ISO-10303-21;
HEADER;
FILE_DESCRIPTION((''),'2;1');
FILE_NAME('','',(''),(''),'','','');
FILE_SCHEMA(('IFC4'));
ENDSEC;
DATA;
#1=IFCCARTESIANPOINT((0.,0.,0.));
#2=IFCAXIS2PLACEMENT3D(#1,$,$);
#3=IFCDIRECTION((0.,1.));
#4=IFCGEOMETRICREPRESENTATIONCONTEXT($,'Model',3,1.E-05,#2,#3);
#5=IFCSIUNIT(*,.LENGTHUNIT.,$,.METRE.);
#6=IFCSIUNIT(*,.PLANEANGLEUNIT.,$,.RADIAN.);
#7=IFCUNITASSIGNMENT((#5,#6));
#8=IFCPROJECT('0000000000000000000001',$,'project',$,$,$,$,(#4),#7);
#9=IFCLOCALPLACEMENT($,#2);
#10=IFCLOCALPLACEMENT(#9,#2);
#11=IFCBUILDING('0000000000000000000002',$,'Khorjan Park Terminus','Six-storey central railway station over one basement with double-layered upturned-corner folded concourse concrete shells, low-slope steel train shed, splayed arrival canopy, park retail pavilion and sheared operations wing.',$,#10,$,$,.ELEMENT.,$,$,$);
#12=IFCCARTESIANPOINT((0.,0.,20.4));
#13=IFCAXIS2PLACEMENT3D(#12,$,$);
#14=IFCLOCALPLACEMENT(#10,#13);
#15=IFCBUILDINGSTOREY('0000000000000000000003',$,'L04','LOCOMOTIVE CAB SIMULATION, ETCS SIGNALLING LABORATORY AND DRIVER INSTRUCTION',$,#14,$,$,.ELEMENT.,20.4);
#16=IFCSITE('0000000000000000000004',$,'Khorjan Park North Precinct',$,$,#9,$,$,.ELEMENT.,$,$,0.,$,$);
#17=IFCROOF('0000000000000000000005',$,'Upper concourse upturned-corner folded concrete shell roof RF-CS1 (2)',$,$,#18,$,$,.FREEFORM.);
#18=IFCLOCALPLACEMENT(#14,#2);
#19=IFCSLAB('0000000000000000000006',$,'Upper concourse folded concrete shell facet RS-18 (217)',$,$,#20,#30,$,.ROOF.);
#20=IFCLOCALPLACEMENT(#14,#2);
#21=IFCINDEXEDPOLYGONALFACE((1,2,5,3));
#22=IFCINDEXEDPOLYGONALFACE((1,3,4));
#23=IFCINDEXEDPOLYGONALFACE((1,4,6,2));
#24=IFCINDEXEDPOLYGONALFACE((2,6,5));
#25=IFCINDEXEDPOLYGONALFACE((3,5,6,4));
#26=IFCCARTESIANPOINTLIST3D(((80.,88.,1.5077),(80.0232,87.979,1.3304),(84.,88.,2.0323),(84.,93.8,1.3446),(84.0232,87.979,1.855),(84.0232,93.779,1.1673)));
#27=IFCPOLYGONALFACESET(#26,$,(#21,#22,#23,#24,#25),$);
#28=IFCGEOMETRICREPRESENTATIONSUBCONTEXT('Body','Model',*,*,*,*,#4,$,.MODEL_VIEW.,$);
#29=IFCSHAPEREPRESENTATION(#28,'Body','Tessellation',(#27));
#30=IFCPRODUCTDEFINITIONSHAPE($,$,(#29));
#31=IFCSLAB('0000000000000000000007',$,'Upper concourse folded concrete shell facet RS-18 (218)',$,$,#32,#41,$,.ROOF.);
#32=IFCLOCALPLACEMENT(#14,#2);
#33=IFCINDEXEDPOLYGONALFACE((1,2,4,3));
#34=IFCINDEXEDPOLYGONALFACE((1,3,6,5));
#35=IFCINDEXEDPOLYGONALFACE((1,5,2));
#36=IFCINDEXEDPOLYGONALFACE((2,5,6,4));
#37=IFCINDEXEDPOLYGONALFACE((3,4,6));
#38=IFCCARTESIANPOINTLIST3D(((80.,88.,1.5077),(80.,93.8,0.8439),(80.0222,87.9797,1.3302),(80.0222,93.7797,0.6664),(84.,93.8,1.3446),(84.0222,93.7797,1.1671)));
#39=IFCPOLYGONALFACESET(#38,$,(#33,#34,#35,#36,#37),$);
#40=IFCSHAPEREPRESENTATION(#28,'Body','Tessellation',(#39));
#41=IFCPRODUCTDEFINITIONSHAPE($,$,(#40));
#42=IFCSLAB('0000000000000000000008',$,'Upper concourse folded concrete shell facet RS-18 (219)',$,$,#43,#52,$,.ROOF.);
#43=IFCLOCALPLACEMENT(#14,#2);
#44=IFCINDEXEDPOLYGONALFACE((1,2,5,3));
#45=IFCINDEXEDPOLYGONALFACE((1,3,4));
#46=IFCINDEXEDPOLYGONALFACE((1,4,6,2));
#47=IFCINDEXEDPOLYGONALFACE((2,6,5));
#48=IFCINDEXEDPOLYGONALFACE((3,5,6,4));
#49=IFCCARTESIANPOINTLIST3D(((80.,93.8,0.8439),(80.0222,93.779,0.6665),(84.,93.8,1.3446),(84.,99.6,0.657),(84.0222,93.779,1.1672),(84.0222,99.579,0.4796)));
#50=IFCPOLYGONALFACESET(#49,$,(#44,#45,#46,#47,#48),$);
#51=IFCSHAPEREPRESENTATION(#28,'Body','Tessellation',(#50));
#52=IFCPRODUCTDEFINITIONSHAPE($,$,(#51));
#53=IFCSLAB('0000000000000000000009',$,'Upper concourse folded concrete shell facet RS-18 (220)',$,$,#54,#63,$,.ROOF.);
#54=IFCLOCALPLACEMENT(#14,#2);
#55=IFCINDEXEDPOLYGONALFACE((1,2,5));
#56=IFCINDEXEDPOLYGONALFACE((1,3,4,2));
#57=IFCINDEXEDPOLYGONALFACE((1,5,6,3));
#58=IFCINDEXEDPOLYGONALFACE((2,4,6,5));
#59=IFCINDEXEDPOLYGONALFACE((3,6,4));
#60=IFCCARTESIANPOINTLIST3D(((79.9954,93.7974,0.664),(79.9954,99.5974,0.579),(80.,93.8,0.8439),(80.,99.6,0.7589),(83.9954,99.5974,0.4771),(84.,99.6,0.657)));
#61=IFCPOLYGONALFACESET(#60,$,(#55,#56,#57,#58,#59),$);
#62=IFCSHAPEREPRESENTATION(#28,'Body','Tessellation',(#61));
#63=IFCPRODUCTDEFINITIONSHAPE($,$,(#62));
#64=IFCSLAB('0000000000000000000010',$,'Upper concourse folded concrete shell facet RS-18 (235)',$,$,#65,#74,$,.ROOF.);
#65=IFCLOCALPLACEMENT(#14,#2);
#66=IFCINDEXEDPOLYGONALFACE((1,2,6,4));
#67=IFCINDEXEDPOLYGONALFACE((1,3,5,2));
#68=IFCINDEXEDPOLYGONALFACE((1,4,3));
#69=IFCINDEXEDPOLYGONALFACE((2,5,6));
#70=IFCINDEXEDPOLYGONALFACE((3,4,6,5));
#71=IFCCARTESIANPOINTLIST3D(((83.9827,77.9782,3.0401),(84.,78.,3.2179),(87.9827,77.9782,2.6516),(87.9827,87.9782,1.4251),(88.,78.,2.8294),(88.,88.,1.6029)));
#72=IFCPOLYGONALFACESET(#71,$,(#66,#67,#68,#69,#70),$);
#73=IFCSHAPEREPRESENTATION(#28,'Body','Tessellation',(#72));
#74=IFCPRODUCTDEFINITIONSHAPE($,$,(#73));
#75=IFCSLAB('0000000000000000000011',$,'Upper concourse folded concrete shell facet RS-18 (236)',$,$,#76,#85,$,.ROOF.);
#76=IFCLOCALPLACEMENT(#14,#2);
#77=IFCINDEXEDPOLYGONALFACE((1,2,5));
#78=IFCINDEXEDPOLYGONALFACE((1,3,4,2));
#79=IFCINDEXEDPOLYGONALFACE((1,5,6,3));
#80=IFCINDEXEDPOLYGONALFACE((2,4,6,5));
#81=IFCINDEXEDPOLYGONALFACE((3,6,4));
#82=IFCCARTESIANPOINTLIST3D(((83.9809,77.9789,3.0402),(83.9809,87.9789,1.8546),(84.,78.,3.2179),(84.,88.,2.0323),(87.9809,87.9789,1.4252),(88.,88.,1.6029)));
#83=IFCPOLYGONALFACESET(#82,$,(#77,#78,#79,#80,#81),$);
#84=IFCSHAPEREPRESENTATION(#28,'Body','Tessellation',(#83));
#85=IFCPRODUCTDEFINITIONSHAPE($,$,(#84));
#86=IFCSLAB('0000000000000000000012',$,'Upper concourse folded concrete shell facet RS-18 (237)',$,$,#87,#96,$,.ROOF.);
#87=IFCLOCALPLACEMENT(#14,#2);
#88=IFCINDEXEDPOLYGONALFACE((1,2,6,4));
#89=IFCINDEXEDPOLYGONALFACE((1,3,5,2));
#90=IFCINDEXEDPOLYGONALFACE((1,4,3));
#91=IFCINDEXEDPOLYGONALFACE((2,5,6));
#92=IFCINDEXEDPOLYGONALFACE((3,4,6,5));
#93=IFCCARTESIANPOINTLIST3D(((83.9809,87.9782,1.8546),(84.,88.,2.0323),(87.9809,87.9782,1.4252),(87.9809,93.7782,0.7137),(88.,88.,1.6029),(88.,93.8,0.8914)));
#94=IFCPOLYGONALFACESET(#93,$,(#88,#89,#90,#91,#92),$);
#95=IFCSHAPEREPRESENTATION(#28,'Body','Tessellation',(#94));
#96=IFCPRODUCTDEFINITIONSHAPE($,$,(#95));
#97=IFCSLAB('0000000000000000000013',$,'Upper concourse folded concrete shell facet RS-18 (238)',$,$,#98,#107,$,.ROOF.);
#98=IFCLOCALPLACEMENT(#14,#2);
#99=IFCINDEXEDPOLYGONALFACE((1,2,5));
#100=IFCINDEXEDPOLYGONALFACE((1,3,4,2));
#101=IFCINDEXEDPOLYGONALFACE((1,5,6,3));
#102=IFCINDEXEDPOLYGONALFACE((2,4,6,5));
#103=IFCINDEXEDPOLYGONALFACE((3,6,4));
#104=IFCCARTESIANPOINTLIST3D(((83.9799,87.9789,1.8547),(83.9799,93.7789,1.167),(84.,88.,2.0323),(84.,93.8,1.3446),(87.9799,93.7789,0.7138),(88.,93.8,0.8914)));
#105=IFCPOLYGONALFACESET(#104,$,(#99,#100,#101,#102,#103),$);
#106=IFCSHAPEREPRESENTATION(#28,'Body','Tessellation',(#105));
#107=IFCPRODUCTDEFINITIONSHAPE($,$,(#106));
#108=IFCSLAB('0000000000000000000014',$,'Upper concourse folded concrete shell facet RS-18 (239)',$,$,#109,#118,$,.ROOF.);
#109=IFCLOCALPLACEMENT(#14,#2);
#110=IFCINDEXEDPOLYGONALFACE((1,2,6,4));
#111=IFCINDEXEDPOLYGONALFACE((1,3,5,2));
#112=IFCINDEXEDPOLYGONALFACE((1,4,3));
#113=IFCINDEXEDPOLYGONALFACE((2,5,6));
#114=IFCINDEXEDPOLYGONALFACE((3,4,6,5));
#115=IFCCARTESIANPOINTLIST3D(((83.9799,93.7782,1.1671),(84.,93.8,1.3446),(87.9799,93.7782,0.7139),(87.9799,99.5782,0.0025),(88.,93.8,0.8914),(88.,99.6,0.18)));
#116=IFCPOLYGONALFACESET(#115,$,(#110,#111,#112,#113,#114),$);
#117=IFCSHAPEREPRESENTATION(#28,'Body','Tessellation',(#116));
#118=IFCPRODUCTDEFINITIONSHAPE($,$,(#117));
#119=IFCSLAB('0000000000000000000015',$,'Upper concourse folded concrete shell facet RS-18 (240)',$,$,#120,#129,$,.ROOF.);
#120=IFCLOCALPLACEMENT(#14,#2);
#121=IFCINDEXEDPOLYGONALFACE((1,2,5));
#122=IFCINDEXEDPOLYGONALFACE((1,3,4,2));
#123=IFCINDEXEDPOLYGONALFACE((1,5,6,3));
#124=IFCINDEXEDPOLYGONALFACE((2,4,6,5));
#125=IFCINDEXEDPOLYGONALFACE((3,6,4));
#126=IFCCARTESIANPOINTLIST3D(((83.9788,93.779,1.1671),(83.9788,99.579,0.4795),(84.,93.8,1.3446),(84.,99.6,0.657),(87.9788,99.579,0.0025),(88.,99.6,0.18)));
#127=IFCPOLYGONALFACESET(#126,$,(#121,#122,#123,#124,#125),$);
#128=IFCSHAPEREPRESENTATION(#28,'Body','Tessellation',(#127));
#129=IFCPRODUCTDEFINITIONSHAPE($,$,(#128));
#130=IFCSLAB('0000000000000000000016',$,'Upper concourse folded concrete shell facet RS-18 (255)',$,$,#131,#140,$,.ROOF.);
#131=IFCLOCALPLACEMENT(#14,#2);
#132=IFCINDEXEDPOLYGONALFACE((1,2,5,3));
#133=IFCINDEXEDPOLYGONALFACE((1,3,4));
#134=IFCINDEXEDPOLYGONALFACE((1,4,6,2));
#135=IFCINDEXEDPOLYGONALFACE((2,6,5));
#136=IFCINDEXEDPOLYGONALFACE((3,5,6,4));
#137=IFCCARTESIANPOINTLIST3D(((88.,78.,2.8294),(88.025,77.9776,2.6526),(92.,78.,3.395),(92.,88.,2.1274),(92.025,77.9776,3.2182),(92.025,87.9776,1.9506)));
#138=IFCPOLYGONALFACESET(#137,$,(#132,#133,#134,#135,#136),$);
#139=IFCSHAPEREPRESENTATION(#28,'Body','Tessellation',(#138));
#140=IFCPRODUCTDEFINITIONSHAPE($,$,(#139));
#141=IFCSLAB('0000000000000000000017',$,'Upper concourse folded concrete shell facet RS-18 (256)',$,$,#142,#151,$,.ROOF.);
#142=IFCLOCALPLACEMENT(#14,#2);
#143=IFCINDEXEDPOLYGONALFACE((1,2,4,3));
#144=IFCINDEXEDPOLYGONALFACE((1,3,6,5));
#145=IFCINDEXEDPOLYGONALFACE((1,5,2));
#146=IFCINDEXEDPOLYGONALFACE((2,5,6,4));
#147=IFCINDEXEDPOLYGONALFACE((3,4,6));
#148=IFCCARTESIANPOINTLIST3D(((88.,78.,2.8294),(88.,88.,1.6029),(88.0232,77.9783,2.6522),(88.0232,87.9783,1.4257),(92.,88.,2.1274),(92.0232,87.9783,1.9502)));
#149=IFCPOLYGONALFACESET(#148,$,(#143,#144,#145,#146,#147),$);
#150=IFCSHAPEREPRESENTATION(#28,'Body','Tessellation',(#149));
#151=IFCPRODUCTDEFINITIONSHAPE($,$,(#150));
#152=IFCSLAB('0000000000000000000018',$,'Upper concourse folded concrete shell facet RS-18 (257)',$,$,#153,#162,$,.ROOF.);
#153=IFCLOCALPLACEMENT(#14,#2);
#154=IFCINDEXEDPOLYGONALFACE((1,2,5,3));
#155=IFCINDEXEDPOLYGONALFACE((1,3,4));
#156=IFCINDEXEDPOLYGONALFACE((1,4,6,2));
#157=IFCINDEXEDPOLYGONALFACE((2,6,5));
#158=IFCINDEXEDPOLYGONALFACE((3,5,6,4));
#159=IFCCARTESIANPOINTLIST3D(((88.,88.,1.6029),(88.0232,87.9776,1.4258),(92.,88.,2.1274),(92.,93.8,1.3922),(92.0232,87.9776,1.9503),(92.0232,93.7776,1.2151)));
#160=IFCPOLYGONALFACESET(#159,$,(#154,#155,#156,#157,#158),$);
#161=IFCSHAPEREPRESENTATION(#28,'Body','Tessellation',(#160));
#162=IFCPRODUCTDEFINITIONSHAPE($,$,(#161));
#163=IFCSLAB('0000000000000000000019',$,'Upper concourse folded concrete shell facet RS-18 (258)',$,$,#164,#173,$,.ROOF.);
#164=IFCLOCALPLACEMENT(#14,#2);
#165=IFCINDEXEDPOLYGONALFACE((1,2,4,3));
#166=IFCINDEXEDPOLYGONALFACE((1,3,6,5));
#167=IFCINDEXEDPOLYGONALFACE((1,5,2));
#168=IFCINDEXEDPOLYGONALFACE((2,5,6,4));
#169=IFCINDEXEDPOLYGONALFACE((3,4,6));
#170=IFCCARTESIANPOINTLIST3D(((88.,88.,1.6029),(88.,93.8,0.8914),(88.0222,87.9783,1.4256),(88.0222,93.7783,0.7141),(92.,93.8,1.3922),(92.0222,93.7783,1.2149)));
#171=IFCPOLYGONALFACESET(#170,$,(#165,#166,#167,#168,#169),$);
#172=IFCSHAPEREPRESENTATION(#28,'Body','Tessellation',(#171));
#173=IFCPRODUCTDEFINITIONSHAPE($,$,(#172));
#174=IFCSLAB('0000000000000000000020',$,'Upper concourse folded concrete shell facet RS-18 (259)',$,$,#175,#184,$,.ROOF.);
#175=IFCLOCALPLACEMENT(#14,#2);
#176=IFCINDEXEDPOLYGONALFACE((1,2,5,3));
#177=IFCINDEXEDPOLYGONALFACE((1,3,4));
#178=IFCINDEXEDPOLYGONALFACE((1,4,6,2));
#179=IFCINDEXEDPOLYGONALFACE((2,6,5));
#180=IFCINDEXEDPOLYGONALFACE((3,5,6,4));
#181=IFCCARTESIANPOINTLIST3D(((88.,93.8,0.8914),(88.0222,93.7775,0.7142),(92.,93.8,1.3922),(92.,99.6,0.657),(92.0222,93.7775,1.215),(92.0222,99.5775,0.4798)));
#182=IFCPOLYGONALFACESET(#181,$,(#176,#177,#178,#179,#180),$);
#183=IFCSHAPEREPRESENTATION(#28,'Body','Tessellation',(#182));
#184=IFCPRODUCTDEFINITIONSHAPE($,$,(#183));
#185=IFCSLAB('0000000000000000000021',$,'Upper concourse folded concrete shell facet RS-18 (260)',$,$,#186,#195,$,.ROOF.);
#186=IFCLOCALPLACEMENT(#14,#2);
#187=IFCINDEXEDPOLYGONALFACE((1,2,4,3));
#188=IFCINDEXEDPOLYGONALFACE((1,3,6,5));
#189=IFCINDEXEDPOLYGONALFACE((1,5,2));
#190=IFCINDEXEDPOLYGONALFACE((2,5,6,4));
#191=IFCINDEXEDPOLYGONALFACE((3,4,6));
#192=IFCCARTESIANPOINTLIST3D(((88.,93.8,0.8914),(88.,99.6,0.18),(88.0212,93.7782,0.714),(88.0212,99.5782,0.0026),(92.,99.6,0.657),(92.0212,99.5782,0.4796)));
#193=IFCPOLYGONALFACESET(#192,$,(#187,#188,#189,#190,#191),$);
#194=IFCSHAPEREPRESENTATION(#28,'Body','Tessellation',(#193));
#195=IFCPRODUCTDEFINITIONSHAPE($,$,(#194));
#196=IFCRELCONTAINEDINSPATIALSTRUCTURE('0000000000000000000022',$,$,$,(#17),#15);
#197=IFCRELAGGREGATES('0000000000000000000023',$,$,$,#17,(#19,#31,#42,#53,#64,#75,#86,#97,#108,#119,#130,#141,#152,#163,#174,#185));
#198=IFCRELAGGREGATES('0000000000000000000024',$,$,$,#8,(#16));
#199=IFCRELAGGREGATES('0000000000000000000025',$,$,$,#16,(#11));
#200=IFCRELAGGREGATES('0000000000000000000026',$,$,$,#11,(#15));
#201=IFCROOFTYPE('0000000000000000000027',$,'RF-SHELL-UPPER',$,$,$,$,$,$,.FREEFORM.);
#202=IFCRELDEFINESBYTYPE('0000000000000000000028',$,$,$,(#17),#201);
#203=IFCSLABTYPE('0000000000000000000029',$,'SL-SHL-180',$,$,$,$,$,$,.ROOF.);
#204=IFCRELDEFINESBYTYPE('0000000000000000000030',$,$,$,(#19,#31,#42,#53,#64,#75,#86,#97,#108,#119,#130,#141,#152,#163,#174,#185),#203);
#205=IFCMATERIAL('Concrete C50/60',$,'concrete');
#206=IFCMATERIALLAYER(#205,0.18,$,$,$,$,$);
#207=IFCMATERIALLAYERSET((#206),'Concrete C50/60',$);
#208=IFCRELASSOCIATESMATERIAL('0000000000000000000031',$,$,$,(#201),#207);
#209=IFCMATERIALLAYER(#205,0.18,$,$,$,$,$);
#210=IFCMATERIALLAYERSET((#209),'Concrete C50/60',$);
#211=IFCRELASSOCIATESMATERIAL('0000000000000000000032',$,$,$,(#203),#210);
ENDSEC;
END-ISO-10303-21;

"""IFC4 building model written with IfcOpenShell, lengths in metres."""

from ifc_helpers import new_model, si_unit, direction, frame, origin, place, context, subcontext, project, spatial, polyline, outline, extrude, material, layer, layer_set, type_object, element, aggregate, save


model = new_model("IFC4")

# Units and contexts
model_context = context("Model", 3, precision=1e-05, world=origin(), true_north=direction((0.0, 1.0)))
body_context = subcontext(model_context, "Body", "Model", "MODEL_VIEW")
ifc_project = project(units=[si_unit("LENGTHUNIT", "METRE"), si_unit("PLANEANGLEUNIT", "RADIAN")], contexts=[model_context])

# Site, building, storey
site_placement = place(None, origin())
site = spatial("IfcSite", under=ifc_project, at=site_placement, Name="Khorjan Park North Precinct", CompositionType="ELEMENT", RefElevation=0.0)
building_placement = place(site_placement, origin())
building = spatial("IfcBuilding", under=site, at=building_placement, Name="Khorjan Park Terminus", Description="Six-storey central railway station over one basement with double-layered upturned-corner folded concourse concrete shells, low-slope steel train shed, splayed arrival canopy, park retail pavilion and sheared operations wing.", CompositionType="ELEMENT")
storey_placement = place(building_placement, frame((0.0, 0.0, 20.4)))
storey = spatial("IfcBuildingStorey", under=building, at=storey_placement, Name="L04", Description="LOCOMOTIVE CAB SIMULATION, ETCS SIGNALLING LABORATORY AND DRIVER INSTRUCTION", CompositionType="ELEMENT", Elevation=20.4)

# Roof, slabs
ifc_material = material(Name="Concrete C50/60", Category="concrete")
ifc_layer_1 = layer(ifc_material, 0.18)
ifc_layer_set_1 = layer_set([ifc_layer_1], Name="Concrete C50/60")
roof_type = type_object("IfcRoofType", Name="RF-SHELL-UPPER", PredefinedType="FREEFORM", material=ifc_layer_set_1)
roof_placement = place(storey_placement, origin())
roof = element("IfcRoof", 1, at=roof_placement, inside=storey, type_object=roof_type, Name="Upper concourse upturned-corner folded concrete shell roof RF-CS1 (2)", PredefinedType="FREEFORM")
ifc_layer_2 = layer(ifc_material, 0.18)
ifc_layer_set_2 = layer_set([ifc_layer_2], Name="Concrete C50/60")
slab_type = type_object("IfcSlabType", Name="SL-SHL-180", PredefinedType="ROOF", material=ifc_layer_set_2)
slab_1_placement = place(storey_placement, frame((80.0, 88.0, 1.5077), z_axis=(-0.129147, 0.116758, 0.984728), x_axis=(0.991509, 0.0, 0.130036)))
slab_1 = element("IfcSlab", 2, at=slab_1_placement, type_object=slab_type, Name="Upper concourse folded concrete shell facet RS-18 (217)", PredefinedType="ROOF", context=body_context, shape_type="SweptSolid", body=[
    extrude(outline(polyline([(0.0, 0.0), (4.0343, 0.0), (3.9448, 5.8399), (0.0, 0.0)])), origin(), (0.0, 0.0, -1.0), 0.18),
])
slab_2_placement = place(storey_placement, frame((80.0, 88.0, 1.5077), z_axis=(-0.123412, 0.112837, 0.985919), x_axis=(0.567581, 0.822992, -0.023143)))
slab_2 = element("IfcSlab", 3, at=slab_2_placement, type_object=slab_type, Name="Upper concourse folded concrete shell facet RS-18 (218)", PredefinedType="ROOF", context=body_context, shape_type="SweptSolid", body=[
    extrude(outline(polyline([(0.0, 0.0), (7.0475, 0.0), (4.7887, 3.339), (0.0, 0.0)])), origin(), (0.0, 0.0, -1.0), 0.18),
])
slab_3_placement = place(storey_placement, frame((80.0, 93.8, 0.8439), z_axis=(-0.123355, 0.116828, 0.985462), x_axis=(0.992256, 0.0, 0.124206)))
slab_3 = element("IfcSlab", 4, at=slab_3_placement, type_object=slab_type, Name="Upper concourse folded concrete shell facet RS-18 (219)", PredefinedType="ROOF", context=body_context, shape_type="SweptSolid", body=[
    extrude(outline(polyline([(0.0, 0.0), (4.0312, 0.0), (3.9458, 5.84), (0.0, 0.0)])), origin(), (0.0, 0.0, -1.0), 0.18),
])
slab_4_placement = place(storey_placement, frame((80.0, 93.8, 0.8439), z_axis=(0.025464, 0.014649, 0.999568), x_axis=(0.567533, 0.822923, -0.026518)))
slab_4 = element("IfcSlab", 5, at=slab_4_placement, type_object=slab_type, Name="Upper concourse folded concrete shell facet RS-18 (220)", PredefinedType="ROOF", context=body_context, shape_type="SweptSolid", body=[
    extrude(outline(polyline([(0.0, 0.0), (7.048, 0.0), (4.7752, 3.2931), (0.0, 0.0)])), origin(), (0.0, 0.0, -1.0), 0.18),
])
slab_5_placement = place(storey_placement, frame((84.0, 78.0, 3.2179), z_axis=(0.095958, 0.121176, 0.987982), x_axis=(0.995316, 0.0, -0.09667)))
slab_5 = element("IfcSlab", 6, at=slab_5_placement, type_object=slab_type, Name="Upper concourse folded concrete shell facet RS-18 (235)", PredefinedType="ROOF", context=body_context, shape_type="SweptSolid", body=[
    extrude(outline(polyline([(0.0, 0.0), (4.0188, 0.0), (4.1374, 10.0742), (0.0, 0.0)])), origin(), (0.0, 0.0, -1.0), 0.18),
])
slab_6_placement = place(storey_placement, frame((84.0, 78.0, 3.2179), z_axis=(0.106003, 0.117072, 0.98745), x_axis=(0.367284, 0.918211, -0.148291)))
slab_6 = element("IfcSlab", 7, at=slab_6_placement, type_object=slab_type, Name="Upper concourse folded concrete shell facet RS-18 (236)", PredefinedType="ROOF", context=body_context, shape_type="SweptSolid", body=[
    extrude(outline(polyline([(0.0, 0.0), (10.8907, 0.0), (9.3579, 3.7195), (0.0, 0.0)])), origin(), (0.0, 0.0, -1.0), 0.18),
])
slab_7_placement = place(storey_placement, frame((84.0, 88.0, 2.0323), z_axis=(0.105952, 0.121074, 0.986973), x_axis=(0.994287, 0.0, -0.106737)))
slab_7 = element("IfcSlab", 8, at=slab_7_placement, type_object=slab_type, Name="Upper concourse folded concrete shell facet RS-18 (237)", PredefinedType="ROOF", context=body_context, shape_type="SweptSolid", body=[
    extrude(outline(polyline([(0.0, 0.0), (4.023, 0.0), (4.0989, 5.843), (0.0, 0.0)])), origin(), (0.0, 0.0, -1.0), 0.18),
])
slab_8_placement = place(storey_placement, frame((84.0, 88.0, 2.0323), z_axis=(0.111806, 0.117006, 0.986818), x_axis=(0.560433, 0.812627, -0.159849)))
slab_8 = element("IfcSlab", 9, at=slab_8_placement, type_object=slab_type, Name="Upper concourse folded concrete shell facet RS-18 (238)", PredefinedType="ROOF", context=body_context, shape_type="SweptSolid", body=[
    extrude(outline(polyline([(0.0, 0.0), (7.1373, 0.0), (4.8232, 3.2939), (0.0, 0.0)])), origin(), (0.0, 0.0, -1.0), 0.18),
])
slab_9_placement = place(storey_placement, frame((84.0, 93.8, 1.3446), z_axis=(0.111753, 0.12098, 0.986344), x_axis=(0.993643, 0.0, -0.11258)))
slab_9 = element("IfcSlab", 10, at=slab_9_placement, type_object=slab_type, Name="Upper concourse folded concrete shell facet RS-18 (239)", PredefinedType="ROOF", context=body_context, shape_type="SweptSolid", body=[
    extrude(outline(polyline([(0.0, 0.0), (4.0256, 0.0), (4.1057, 5.8429), (0.0, 0.0)])), origin(), (0.0, 0.0, -1.0), 0.18),
])
slab_10_placement = place(storey_placement, frame((84.0, 93.8, 1.3446), z_axis=(0.117599, 0.11691, 0.986155), x_axis=(0.560132, 0.812192, -0.163083)))
slab_10 = element("IfcSlab", 11, at=slab_10_placement, type_object=slab_type, Name="Upper concourse folded concrete shell facet RS-18 (240)", PredefinedType="ROOF", context=body_context, shape_type="SweptSolid", body=[
    extrude(outline(polyline([(0.0, 0.0), (7.1412, 0.0), (4.8228, 3.2944), (0.0, 0.0)])), origin(), (0.0, 0.0, -1.0), 0.18),
])
slab_11_placement = place(storey_placement, frame((88.0, 78.0, 2.8294), z_axis=(-0.138917, 0.124534, 0.982442), x_axis=(0.99015, 0.0, 0.140007)))
slab_11 = element("IfcSlab", 12, at=slab_11_placement, type_object=slab_type, Name="Upper concourse folded concrete shell facet RS-18 (255)", PredefinedType="ROOF", context=body_context, shape_type="SweptSolid", body=[
    extrude(outline(polyline([(0.0, 0.0), (4.0398, 0.0), (3.8623, 10.0785), (0.0, 0.0)])), origin(), (0.0, 0.0, -1.0), 0.18),
])
slab_12_placement = place(storey_placement, frame((88.0, 78.0, 2.8294), z_axis=(-0.129061, 0.12072, 0.984261), x_axis=(0.370604, 0.926511, -0.065041)))
slab_12 = element("IfcSlab", 13, at=slab_12_placement, type_object=slab_type, Name="Upper concourse folded concrete shell facet RS-18 (256)", PredefinedType="ROOF", context=body_context, shape_type="SweptSolid", body=[
    extrude(outline(polyline([(0.0, 0.0), (10.7932, 0.0), (9.3449, 3.7653), (0.0, 0.0)])), origin(), (0.0, 0.0, -1.0), 0.18),
])
slab_13_placement = place(storey_placement, frame((88.0, 88.0, 1.6029), z_axis=(-0.128997, 0.124702, 0.983773), x_axis=(0.991512, 0.0, 0.130012)))
slab_13 = element("IfcSlab", 14, at=slab_13_placement, type_object=slab_type, Name="Upper concourse folded concrete shell facet RS-18 (257)", PredefinedType="ROOF", context=body_context, shape_type="SweptSolid", body=[
    extrude(outline(polyline([(0.0, 0.0), (4.0342, 0.0), (3.9387, 5.8456), (0.0, 0.0)])), origin(), (0.0, 0.0, -1.0), 0.18),
])
slab_14_placement = place(storey_placement, frame((88.0, 88.0, 1.6029), z_axis=(-0.12332, 0.12083, 0.984983), x_axis=(0.567479, 0.822845, -0.029892)))
slab_14 = element("IfcSlab", 15, at=slab_14_placement, type_object=slab_type, Name="Upper concourse folded concrete shell facet RS-18 (258)", PredefinedType="ROOF", context=body_context, shape_type="SweptSolid", body=[
    extrude(outline(polyline([(0.0, 0.0), (7.0487, 0.0), (4.7938, 3.3416), (0.0, 0.0)])), origin(), (0.0, 0.0, -1.0), 0.18),
])
slab_15_placement = place(storey_placement, frame((88.0, 93.8, 0.8914), z_axis=(-0.123259, 0.124793, 0.984497), x_axis=(0.992253, 0.0, 0.12423)))
slab_15 = element("IfcSlab", 16, at=slab_15_placement, type_object=slab_type, Name="Upper concourse folded concrete shell facet RS-18 (259)", PredefinedType="ROOF", context=body_context, shape_type="SweptSolid", body=[
    extrude(outline(polyline([(0.0, 0.0), (4.0312, 0.0), (3.9399, 5.8457), (0.0, 0.0)])), origin(), (0.0, 0.0, -1.0), 0.18),
])
slab_16_placement = place(storey_placement, frame((88.0, 93.8, 0.8914), z_axis=(-0.117542, 0.120899, 0.985681), x_axis=(0.567419, 0.822758, -0.033251)))
slab_16 = element("IfcSlab", 17, at=slab_16_placement, type_object=slab_type, Name="Upper concourse folded concrete shell facet RS-18 (260)", PredefinedType="ROOF", context=body_context, shape_type="SweptSolid", body=[
    extrude(outline(polyline([(0.0, 0.0), (7.0495, 0.0), (4.7956, 3.3388), (0.0, 0.0)])), origin(), (0.0, 0.0, -1.0), 0.18),
])
aggregate(roof, [slab_1, slab_2, slab_3, slab_4, slab_5, slab_6, slab_7, slab_8, slab_9, slab_10, slab_11, slab_12, slab_13, slab_14, slab_15, slab_16])

save(model, "model.ifc")
